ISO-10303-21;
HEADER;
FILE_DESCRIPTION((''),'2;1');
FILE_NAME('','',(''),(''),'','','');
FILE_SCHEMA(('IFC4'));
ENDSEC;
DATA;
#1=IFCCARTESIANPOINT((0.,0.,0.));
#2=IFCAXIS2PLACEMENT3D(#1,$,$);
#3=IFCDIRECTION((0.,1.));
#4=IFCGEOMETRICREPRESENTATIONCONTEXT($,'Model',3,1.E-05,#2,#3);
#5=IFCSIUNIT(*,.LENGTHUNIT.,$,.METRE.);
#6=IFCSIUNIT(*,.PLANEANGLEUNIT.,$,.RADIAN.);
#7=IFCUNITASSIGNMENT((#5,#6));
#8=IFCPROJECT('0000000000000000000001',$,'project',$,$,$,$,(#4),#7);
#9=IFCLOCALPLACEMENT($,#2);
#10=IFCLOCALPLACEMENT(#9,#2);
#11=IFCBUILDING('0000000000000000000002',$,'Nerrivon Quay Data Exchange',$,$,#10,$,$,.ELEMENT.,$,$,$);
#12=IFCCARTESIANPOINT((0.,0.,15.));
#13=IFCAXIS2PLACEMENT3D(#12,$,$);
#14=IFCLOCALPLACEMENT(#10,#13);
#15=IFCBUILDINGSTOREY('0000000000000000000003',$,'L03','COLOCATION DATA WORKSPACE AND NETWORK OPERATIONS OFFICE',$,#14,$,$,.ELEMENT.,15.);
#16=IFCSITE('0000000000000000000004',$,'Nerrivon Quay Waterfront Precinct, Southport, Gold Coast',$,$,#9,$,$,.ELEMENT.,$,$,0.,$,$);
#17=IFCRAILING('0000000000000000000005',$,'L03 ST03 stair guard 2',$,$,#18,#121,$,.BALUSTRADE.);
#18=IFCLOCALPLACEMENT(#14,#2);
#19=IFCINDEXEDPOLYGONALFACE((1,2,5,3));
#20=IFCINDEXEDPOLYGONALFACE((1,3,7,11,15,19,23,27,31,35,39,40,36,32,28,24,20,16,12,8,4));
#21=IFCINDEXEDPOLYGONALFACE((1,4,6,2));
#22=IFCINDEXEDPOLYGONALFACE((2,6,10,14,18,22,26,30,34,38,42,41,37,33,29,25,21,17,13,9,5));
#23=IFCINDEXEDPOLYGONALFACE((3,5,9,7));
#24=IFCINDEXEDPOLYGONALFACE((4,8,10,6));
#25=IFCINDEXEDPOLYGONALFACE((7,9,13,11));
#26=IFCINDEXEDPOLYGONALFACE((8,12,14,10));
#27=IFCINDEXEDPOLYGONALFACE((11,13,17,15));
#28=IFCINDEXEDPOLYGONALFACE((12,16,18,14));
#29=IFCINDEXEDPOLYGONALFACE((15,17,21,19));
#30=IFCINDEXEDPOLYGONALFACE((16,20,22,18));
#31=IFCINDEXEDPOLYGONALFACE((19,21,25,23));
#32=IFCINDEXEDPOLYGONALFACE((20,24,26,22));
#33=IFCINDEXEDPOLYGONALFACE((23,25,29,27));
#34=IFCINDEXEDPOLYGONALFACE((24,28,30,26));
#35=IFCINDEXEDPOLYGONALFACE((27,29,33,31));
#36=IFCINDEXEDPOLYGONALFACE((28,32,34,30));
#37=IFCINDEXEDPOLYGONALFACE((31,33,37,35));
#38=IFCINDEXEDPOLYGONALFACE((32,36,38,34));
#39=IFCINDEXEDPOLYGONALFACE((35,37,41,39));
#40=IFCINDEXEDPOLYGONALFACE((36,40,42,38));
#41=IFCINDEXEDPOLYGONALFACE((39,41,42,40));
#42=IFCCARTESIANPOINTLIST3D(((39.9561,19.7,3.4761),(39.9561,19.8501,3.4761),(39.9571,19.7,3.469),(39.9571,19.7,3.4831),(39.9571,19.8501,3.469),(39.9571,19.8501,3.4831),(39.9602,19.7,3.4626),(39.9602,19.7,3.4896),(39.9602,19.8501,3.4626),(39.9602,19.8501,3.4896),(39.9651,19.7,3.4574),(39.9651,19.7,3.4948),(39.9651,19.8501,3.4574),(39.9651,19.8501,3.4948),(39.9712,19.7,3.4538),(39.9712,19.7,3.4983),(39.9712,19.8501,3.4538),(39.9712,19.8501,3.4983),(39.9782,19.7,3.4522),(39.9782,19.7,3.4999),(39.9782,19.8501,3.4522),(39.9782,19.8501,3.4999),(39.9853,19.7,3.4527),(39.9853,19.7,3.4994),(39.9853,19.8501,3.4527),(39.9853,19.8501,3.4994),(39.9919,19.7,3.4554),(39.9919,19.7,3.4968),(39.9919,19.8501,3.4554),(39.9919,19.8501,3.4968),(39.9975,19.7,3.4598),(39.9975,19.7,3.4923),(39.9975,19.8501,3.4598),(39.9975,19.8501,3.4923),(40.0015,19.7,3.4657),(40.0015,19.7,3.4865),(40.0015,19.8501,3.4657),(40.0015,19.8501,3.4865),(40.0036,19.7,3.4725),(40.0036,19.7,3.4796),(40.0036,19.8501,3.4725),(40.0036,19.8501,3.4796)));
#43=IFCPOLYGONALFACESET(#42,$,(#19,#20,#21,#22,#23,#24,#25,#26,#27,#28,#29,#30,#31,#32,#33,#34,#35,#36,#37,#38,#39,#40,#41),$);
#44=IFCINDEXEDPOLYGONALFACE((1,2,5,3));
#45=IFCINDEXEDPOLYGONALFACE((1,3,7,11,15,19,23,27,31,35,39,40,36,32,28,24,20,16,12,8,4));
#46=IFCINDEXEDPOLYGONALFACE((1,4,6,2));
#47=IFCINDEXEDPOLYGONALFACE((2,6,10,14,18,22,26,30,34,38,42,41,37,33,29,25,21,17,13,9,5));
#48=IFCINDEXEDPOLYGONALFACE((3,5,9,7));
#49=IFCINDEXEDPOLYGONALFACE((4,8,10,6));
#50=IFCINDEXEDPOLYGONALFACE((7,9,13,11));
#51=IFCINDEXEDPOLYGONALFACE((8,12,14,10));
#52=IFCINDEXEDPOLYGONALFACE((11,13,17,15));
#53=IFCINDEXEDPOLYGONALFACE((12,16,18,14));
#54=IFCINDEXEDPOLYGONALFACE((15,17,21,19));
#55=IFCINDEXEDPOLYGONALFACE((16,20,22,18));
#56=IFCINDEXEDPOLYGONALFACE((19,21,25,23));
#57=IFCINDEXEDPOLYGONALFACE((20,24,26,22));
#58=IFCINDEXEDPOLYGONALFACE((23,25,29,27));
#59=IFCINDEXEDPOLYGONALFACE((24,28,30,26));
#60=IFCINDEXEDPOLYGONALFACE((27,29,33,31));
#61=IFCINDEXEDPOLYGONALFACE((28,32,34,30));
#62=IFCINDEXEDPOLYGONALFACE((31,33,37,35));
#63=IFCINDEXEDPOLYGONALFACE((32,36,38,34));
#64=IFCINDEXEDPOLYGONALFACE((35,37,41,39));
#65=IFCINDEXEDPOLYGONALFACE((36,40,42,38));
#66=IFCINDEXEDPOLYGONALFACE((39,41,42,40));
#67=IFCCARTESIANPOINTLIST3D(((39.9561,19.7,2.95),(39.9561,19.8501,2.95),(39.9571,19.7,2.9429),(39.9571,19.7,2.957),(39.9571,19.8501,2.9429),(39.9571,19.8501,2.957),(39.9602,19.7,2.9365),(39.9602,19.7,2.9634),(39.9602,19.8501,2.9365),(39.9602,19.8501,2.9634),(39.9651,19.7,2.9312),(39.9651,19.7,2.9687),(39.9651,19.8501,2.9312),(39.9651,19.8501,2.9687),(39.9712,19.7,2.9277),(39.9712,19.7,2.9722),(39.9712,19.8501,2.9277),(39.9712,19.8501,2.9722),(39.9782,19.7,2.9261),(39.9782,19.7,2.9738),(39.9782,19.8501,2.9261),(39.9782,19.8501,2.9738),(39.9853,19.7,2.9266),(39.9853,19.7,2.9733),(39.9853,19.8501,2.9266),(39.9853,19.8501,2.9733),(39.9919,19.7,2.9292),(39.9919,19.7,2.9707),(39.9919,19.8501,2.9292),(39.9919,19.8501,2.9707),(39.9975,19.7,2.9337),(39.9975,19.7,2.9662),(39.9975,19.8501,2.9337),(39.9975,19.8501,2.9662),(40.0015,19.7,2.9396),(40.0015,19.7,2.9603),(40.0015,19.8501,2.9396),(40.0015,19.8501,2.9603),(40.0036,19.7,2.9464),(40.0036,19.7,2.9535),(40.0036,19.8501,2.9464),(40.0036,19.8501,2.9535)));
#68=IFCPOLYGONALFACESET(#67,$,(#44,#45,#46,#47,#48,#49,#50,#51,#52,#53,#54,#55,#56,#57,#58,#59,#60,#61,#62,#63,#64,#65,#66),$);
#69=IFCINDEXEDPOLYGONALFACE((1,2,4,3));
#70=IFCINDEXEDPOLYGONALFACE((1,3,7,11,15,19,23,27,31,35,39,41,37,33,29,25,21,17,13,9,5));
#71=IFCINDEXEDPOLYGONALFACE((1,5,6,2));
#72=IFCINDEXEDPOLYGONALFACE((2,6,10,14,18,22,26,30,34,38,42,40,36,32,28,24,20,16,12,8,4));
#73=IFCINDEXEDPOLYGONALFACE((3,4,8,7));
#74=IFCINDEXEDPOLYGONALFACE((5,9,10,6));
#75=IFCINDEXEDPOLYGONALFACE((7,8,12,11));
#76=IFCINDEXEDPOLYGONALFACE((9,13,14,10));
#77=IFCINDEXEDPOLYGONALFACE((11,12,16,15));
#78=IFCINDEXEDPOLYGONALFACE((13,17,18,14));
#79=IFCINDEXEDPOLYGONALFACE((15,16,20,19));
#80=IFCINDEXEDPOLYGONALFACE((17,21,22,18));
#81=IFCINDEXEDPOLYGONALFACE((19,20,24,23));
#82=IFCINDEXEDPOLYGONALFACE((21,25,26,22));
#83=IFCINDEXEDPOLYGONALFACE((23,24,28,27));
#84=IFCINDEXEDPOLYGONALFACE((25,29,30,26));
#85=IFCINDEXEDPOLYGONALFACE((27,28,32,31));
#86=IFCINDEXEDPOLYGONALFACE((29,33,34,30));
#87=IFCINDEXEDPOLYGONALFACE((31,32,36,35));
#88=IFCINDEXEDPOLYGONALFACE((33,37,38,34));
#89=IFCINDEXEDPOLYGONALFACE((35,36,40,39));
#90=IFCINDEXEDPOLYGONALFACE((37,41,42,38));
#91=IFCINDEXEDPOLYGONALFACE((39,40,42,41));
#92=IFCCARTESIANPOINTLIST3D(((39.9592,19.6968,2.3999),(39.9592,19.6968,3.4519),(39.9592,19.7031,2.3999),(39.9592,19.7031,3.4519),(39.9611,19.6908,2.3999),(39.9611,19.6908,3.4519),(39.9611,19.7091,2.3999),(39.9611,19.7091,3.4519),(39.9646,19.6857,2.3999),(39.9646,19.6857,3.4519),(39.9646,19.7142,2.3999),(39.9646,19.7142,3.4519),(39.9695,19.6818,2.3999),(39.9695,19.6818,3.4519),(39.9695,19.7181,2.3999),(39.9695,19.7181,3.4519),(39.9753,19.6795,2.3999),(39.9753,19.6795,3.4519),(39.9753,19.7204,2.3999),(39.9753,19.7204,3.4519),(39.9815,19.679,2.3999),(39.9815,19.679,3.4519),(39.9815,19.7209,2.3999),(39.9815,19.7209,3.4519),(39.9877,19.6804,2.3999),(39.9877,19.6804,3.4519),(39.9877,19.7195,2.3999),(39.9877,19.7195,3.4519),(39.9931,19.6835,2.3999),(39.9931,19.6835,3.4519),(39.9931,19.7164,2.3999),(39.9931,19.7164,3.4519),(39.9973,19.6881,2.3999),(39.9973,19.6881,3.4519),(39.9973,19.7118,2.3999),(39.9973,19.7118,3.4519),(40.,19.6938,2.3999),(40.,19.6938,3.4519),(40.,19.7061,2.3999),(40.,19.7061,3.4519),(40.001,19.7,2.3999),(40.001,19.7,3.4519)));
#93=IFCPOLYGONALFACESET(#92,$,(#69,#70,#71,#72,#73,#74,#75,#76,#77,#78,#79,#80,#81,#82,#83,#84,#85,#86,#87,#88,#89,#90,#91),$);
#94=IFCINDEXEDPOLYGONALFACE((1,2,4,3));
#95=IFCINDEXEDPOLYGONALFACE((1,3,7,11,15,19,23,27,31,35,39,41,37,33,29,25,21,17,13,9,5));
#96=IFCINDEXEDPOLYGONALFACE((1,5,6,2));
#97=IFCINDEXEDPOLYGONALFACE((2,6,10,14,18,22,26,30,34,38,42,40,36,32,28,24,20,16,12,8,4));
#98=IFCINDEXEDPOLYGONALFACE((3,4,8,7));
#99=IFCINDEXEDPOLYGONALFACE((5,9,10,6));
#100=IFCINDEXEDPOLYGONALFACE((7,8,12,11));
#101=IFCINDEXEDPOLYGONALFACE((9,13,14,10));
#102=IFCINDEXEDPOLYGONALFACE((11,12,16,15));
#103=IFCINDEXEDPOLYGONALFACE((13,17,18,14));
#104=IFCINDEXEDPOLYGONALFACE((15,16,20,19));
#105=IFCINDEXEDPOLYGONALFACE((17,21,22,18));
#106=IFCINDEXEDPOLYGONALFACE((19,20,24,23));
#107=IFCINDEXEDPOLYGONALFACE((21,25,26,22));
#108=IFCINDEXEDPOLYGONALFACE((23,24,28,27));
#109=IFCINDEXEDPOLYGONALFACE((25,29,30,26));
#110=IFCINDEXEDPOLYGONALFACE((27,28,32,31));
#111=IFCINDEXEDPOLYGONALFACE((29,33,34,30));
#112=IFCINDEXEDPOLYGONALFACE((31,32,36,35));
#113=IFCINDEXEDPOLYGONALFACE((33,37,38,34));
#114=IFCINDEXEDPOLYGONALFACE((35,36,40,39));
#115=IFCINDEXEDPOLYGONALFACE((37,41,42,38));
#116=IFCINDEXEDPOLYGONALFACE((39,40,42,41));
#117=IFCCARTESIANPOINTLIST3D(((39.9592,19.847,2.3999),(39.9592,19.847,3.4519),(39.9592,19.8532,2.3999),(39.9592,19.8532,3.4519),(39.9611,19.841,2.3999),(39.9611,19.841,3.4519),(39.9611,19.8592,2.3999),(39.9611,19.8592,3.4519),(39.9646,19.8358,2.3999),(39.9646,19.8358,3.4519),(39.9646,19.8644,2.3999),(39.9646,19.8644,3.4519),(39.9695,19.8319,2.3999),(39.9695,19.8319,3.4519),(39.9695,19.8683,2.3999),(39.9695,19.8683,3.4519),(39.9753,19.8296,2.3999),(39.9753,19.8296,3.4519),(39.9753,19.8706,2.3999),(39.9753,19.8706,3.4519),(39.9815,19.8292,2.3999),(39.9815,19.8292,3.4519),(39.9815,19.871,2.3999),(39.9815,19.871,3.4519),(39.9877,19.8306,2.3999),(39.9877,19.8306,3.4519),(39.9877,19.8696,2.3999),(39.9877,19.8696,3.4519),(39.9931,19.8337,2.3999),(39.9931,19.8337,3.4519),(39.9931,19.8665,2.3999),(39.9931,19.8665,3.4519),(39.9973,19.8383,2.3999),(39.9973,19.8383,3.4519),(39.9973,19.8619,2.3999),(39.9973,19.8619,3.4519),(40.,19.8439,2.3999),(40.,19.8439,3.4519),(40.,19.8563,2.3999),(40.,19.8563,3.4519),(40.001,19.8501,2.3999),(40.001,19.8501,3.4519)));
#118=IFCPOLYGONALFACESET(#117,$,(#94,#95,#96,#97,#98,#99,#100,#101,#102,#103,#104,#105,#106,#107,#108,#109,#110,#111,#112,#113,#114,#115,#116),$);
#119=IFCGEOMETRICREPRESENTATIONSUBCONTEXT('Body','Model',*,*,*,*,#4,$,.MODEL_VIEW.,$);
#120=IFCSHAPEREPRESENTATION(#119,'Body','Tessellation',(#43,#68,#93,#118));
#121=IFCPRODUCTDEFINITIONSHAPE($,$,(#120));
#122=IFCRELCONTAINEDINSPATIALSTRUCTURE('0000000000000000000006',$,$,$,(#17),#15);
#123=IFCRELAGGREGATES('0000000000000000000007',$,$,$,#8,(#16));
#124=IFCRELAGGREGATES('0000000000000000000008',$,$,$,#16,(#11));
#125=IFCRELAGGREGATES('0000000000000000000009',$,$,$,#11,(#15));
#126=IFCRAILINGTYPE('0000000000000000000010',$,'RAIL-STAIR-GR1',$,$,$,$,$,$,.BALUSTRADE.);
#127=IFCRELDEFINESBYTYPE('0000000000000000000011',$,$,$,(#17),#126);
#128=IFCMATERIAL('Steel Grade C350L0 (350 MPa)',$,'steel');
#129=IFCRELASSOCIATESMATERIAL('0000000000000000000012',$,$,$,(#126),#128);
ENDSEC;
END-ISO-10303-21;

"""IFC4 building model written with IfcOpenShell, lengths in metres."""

from ifc_helpers import new_model, si_unit, direction, frame, origin, origin_2d, place, context, subcontext, project, spatial, circle, extrude, material, type_object, element, save


model = new_model("IFC4")

# Units and contexts
model_context = context("Model", 3, precision=1e-05, world=origin(), true_north=direction((0.0, 1.0)))
body_context = subcontext(model_context, "Body", "Model", "MODEL_VIEW")
ifc_project = project(units=[si_unit("LENGTHUNIT", "METRE"), si_unit("PLANEANGLEUNIT", "RADIAN")], contexts=[model_context])

# Site, building, storey
site_placement = place(None, origin())
site = spatial("IfcSite", under=ifc_project, at=site_placement, Name="Nerrivon Quay Waterfront Precinct, Southport, Gold Coast", CompositionType="ELEMENT", RefElevation=0.0)
building_placement = place(site_placement, origin())
building = spatial("IfcBuilding", under=site, at=building_placement, Name="Nerrivon Quay Data Exchange", CompositionType="ELEMENT")
storey_placement = place(building_placement, frame((0.0, 0.0, 15.0)))
storey = spatial("IfcBuildingStorey", under=building, at=storey_placement, Name="L03", Description="COLOCATION DATA WORKSPACE AND NETWORK OPERATIONS OFFICE", CompositionType="ELEMENT", Elevation=15.0)

# Railing
ifc_material_1 = material(Name="Steel Grade C350L0 (350 MPa)", Category="steel")
railing_type_1 = type_object("IfcRailingType", Name="RAIL-STAIR-GR1", PredefinedType="BALUSTRADE", material=ifc_material_1)
railing_1_placement = place(storey_placement, frame((39.98, 19.7, 2.3999)))
element("IfcRailing", 1, at=railing_1_placement, inside=storey, type_object=railing_type_1, Name="L03 ST03 stair guard 2", PredefinedType="BALUSTRADE", context=body_context, shape_type="SweptSolid", body=[
    extrude(circle(Radius=0.0239, at=origin_2d()), frame((0.0, 0.0, 1.0762), z_axis=(0.0, 1.0, 0.0), x_axis=(-1.0, 0.0, 0.0)), (0.0, 0.0, 1.0), 0.1501),
    extrude(circle(Radius=0.0239, at=origin_2d()), frame((0.0, 0.0, 0.55), z_axis=(0.0, 1.0, 0.0), x_axis=(-1.0, 0.0, 0.0)), (0.0, 0.0, 1.0), 0.1501),
    extrude(circle(Radius=0.021, at=origin_2d()), origin(), (0.0, 0.0, 1.0), 1.052),
    extrude(circle(Radius=0.021, at=origin_2d()), frame((0.0, 0.1501, 0.0)), (0.0, 0.0, 1.0), 1.052),
])

save(model, "model.ifc")
